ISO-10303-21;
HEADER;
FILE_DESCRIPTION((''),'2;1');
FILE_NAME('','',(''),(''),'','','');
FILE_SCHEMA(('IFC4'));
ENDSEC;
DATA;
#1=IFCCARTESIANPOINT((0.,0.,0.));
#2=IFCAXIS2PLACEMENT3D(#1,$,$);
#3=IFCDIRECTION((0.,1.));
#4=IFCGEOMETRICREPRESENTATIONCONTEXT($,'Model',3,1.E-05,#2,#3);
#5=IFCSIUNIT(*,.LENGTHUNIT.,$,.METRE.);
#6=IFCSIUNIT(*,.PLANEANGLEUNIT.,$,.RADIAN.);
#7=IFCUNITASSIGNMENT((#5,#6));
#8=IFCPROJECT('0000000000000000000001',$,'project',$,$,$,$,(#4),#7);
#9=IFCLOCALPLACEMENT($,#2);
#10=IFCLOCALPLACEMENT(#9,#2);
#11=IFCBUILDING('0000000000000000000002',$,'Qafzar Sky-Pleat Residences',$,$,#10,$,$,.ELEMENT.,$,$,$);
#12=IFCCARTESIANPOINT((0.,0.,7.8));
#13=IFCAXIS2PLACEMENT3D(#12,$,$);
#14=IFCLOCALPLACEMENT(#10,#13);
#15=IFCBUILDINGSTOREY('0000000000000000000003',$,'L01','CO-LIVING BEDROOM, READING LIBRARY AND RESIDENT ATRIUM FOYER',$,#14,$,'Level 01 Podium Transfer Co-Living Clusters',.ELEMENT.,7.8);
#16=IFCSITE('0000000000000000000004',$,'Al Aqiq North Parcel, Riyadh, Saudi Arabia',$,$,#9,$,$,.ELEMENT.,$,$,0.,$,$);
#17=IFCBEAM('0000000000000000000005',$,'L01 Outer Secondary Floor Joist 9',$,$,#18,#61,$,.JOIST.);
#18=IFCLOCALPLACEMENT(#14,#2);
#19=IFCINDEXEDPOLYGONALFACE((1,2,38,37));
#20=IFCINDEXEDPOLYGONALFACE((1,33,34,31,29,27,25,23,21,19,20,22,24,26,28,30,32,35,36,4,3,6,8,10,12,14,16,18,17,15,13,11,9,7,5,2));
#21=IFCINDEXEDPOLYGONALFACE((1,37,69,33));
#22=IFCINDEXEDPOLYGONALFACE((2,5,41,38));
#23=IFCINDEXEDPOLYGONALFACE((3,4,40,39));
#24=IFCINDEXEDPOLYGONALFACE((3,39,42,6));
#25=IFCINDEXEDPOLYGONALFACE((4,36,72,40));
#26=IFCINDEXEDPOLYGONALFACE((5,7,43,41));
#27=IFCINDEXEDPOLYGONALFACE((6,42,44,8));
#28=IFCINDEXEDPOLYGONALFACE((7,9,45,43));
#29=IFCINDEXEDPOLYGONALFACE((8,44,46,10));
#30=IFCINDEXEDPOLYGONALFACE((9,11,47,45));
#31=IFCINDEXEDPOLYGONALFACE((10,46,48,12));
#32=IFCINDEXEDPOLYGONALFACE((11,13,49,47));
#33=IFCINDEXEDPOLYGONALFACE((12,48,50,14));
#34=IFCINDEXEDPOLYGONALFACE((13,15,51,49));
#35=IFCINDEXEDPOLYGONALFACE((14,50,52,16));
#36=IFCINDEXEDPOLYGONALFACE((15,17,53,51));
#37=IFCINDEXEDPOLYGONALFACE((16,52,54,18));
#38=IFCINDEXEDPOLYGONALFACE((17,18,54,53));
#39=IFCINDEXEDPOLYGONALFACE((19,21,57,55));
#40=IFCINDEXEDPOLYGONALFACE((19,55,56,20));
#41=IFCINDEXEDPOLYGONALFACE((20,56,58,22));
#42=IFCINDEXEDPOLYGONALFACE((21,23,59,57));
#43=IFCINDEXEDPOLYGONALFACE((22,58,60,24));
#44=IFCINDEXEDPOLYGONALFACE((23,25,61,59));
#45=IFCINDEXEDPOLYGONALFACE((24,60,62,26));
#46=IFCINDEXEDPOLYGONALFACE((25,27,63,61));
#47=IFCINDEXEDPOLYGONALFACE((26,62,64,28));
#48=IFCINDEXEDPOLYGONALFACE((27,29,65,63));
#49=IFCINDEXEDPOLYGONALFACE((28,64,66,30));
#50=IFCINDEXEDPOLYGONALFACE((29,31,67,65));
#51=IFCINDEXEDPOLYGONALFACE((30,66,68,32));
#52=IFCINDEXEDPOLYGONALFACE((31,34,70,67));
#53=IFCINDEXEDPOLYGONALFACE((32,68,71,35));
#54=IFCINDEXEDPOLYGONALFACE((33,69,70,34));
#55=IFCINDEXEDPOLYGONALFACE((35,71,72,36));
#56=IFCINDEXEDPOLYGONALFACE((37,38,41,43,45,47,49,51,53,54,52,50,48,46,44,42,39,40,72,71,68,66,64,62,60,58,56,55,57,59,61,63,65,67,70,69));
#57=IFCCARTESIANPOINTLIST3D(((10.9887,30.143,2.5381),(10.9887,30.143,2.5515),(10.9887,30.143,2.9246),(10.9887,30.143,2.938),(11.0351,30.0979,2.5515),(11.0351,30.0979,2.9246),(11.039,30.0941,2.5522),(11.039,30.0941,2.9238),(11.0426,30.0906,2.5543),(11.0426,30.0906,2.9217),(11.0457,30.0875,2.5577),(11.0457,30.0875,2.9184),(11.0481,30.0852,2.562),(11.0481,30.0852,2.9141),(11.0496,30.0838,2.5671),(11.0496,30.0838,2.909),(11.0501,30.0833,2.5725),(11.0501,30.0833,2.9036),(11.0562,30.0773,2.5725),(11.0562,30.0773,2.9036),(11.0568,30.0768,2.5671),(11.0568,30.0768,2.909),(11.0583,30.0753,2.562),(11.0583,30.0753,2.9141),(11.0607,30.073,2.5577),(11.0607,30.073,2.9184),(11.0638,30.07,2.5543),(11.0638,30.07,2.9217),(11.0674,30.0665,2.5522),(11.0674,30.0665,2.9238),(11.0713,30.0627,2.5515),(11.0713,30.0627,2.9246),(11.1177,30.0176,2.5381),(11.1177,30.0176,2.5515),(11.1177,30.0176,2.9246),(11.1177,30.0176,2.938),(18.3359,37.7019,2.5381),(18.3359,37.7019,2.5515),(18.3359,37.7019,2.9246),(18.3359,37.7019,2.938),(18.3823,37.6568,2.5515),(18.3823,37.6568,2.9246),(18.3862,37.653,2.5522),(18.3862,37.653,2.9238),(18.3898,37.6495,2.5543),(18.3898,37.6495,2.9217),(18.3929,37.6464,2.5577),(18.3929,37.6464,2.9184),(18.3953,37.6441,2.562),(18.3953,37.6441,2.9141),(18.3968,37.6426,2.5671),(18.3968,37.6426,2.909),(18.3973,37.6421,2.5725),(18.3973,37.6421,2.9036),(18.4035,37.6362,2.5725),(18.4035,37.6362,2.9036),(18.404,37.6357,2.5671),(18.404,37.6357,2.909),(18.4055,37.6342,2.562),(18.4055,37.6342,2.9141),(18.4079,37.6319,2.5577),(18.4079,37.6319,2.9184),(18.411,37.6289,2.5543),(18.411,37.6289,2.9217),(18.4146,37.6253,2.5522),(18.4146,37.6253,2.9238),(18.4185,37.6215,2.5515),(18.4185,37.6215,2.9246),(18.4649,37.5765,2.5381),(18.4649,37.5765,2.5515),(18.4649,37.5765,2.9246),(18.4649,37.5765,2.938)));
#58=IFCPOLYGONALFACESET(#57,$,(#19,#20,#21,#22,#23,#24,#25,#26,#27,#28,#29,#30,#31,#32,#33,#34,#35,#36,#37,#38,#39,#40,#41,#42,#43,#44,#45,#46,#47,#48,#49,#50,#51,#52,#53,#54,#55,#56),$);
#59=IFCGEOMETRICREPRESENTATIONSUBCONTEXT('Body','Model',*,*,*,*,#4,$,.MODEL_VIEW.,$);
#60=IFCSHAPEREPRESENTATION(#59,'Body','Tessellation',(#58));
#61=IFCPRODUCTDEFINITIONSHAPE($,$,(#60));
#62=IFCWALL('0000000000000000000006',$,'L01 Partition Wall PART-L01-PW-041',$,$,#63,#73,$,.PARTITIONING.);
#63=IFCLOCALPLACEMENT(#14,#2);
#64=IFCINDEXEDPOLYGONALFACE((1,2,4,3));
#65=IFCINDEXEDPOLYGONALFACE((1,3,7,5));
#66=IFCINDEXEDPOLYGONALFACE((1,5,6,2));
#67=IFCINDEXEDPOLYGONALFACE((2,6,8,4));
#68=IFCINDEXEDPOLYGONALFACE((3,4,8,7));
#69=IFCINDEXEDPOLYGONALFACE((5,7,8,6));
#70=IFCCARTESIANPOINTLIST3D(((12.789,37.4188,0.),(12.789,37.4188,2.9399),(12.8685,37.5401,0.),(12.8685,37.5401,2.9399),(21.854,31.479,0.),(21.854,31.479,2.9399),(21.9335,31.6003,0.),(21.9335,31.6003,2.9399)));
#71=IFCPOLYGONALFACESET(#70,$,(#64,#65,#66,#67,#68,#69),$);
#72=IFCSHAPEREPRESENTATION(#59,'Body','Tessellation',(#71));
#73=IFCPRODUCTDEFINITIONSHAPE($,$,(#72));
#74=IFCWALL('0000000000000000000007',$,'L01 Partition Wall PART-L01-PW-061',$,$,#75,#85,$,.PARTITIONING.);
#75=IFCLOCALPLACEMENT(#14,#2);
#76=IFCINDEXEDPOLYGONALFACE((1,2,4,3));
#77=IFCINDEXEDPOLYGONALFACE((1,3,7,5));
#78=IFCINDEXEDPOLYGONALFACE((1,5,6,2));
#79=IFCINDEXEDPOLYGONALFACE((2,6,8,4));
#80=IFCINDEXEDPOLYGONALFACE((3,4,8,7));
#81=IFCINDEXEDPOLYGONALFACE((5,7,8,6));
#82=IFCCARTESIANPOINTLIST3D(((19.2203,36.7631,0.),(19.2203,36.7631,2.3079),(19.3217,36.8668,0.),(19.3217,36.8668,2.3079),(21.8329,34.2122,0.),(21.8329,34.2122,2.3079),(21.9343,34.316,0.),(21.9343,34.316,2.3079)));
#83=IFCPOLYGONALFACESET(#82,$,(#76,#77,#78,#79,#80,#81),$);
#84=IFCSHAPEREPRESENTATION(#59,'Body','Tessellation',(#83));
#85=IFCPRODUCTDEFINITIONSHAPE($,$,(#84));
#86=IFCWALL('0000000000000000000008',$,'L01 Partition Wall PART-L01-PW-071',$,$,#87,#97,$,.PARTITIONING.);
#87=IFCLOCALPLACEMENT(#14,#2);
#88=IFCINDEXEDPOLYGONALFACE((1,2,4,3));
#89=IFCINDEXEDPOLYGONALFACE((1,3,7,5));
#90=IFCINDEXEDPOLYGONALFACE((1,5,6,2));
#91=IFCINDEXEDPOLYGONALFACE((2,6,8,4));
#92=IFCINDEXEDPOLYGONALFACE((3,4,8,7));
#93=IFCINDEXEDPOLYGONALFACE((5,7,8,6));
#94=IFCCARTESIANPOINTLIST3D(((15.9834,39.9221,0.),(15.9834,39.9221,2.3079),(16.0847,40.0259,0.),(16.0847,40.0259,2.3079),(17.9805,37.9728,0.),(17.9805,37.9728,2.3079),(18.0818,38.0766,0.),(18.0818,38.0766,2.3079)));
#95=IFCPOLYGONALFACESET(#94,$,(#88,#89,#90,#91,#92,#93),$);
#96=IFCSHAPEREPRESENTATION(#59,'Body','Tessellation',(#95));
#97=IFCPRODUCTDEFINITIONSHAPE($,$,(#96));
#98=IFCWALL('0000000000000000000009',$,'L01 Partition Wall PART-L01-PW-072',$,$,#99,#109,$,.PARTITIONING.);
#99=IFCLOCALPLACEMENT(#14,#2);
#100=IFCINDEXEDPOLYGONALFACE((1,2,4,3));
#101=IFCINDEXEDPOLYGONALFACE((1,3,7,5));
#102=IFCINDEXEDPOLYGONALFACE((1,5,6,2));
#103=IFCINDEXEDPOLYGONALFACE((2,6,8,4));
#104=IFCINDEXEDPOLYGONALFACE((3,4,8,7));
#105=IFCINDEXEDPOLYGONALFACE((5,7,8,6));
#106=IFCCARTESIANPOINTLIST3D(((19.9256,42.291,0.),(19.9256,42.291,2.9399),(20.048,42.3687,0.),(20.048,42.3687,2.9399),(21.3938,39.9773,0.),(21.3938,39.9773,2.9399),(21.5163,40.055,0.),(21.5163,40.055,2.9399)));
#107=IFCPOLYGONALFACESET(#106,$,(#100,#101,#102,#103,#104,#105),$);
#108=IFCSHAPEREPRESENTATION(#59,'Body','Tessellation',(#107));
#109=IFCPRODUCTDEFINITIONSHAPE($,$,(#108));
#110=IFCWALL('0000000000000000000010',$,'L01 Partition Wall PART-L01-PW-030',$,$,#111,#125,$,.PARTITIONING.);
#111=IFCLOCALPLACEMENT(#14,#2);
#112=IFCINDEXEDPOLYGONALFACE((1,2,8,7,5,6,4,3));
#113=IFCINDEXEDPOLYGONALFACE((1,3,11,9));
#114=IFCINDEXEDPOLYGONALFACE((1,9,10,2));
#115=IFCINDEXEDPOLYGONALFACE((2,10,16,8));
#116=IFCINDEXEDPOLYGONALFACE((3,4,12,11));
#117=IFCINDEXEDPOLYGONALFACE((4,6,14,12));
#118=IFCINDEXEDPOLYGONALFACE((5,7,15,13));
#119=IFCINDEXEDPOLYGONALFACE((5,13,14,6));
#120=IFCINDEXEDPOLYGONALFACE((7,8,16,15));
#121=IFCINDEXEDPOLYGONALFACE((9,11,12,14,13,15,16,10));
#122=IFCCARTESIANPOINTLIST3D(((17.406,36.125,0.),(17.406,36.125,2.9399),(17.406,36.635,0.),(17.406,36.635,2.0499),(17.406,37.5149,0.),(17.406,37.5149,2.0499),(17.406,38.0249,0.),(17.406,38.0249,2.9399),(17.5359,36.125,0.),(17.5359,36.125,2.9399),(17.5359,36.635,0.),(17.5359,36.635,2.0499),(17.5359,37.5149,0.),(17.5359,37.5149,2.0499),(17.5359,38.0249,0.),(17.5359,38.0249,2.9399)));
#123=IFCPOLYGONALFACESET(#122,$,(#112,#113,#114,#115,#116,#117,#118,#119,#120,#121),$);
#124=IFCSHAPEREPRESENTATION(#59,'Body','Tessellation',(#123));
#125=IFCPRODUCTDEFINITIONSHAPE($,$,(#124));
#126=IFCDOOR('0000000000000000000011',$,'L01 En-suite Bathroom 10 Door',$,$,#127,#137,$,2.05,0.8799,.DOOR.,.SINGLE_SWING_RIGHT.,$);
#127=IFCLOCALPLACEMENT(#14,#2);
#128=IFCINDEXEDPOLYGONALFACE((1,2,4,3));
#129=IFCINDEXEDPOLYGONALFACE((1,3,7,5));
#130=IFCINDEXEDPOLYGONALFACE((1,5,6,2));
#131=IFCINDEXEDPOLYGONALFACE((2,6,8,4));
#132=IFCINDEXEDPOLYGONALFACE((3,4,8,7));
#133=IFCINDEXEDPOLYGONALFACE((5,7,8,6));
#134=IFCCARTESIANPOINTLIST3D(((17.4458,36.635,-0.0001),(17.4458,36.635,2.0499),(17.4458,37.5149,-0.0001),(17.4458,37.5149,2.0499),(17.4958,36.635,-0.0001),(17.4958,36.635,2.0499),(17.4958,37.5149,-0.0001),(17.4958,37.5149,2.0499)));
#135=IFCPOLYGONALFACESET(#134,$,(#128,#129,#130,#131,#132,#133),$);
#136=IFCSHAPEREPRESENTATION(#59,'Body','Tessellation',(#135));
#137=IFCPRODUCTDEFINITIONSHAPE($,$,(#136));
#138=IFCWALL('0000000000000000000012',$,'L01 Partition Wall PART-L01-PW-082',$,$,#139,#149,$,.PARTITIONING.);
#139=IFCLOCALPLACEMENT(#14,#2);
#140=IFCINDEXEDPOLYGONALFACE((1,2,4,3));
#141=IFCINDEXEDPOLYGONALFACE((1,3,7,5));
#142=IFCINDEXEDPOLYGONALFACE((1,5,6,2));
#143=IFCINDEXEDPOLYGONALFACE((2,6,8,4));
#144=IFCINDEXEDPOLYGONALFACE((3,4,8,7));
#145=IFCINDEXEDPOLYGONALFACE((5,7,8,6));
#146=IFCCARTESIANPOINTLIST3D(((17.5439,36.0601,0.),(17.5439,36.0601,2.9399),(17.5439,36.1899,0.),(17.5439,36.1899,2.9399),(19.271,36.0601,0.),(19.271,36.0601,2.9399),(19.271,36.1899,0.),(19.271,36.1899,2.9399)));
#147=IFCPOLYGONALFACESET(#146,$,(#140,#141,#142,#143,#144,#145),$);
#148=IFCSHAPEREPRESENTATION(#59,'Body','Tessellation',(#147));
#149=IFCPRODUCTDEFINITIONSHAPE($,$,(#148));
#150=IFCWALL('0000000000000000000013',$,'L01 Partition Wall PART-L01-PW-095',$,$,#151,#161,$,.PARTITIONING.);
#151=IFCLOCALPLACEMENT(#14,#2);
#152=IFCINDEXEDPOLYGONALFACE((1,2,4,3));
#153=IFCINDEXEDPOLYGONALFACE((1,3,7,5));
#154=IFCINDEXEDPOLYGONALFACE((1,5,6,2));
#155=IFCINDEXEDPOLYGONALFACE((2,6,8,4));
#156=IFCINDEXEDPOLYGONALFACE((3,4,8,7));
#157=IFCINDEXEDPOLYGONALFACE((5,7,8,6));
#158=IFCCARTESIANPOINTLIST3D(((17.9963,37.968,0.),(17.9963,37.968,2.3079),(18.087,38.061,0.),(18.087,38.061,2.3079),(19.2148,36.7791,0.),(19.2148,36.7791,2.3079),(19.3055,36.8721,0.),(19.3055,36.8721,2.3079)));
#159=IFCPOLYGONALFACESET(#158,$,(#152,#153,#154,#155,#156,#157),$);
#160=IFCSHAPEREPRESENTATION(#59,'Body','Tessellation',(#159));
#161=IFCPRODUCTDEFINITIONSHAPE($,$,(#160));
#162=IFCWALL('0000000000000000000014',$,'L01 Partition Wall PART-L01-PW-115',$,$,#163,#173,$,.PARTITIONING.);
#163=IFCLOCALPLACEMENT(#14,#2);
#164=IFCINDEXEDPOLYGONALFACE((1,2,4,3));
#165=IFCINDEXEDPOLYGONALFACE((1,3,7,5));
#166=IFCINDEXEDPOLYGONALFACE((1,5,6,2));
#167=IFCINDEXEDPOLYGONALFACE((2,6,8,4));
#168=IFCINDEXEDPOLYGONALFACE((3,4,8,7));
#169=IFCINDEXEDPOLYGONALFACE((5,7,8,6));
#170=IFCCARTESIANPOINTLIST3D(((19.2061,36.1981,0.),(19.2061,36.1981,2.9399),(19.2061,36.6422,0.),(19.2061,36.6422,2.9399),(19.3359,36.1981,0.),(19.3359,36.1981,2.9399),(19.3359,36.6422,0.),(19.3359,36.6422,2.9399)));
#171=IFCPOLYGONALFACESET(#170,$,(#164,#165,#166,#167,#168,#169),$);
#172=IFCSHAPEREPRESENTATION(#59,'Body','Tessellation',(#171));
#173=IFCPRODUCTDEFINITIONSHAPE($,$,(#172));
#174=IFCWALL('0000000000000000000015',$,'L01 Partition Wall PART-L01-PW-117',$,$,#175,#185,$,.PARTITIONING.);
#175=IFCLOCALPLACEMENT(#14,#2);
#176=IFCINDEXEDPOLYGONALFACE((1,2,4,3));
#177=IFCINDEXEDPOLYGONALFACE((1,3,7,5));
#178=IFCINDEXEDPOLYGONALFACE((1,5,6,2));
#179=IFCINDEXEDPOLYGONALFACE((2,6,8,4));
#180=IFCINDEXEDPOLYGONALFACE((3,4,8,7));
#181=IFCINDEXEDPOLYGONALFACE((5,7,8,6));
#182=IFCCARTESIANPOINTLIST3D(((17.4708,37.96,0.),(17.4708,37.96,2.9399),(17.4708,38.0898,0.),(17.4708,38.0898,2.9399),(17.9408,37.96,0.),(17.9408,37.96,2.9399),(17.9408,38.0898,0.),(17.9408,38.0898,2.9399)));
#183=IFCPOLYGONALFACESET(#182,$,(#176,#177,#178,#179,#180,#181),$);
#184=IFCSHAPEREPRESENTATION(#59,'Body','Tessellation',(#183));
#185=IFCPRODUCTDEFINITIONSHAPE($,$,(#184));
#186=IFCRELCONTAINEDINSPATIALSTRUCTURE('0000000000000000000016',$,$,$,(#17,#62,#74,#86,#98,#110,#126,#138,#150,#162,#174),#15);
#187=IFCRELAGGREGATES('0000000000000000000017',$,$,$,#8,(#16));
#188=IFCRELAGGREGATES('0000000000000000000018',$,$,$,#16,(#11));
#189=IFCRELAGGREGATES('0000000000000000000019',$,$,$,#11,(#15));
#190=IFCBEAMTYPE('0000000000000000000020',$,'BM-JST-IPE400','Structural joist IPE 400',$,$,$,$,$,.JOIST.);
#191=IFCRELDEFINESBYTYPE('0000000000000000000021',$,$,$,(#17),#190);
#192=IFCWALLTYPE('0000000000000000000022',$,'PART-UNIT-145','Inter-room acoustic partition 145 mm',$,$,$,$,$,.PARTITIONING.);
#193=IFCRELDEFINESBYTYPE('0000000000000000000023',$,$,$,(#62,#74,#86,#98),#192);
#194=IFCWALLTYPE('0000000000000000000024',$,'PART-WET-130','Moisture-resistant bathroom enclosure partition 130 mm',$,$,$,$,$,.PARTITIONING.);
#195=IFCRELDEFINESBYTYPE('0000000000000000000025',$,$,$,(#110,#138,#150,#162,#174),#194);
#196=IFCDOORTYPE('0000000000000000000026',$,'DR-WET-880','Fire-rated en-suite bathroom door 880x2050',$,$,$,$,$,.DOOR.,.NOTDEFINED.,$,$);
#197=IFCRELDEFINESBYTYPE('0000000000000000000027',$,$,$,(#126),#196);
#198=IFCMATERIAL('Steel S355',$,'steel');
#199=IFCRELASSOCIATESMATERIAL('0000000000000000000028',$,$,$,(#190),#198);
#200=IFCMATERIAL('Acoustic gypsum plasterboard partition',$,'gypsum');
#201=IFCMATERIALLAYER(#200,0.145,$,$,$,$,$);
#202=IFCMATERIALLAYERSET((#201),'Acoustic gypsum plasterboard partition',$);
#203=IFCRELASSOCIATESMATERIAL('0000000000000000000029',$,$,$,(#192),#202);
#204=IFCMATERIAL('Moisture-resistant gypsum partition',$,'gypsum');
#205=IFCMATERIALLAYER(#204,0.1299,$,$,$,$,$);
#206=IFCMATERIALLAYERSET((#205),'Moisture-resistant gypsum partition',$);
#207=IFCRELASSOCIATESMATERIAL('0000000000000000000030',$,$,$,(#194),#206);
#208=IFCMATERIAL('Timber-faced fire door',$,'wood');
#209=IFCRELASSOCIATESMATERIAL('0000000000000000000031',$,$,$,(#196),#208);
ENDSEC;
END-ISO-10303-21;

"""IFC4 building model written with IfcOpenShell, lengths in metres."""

from ifc_helpers import new_model, si_unit, direction, frame, frame_2d, origin, origin_2d, place, context, subcontext, project, spatial, rectangle, i_section, extrude, source, transform, mapped, material, layer, layer_set, material_profile, profile_set, type_object, element, fill, save


model = new_model("IFC4")

# Units and contexts
model_context = context("Model", 3, precision=1e-05, world=origin(), true_north=direction((0.0, 1.0)))
body_context = subcontext(model_context, "Body", "Model", "MODEL_VIEW")
ifc_project = project(units=[si_unit("LENGTHUNIT", "METRE"), si_unit("PLANEANGLEUNIT", "RADIAN")], contexts=[model_context])

# Site, building, storey
site_placement = place(None, origin())
site = spatial("IfcSite", under=ifc_project, at=site_placement, Name="Al Aqiq North Parcel, Riyadh, Saudi Arabia", CompositionType="ELEMENT", RefElevation=0.0)
building_placement = place(site_placement, origin())
building = spatial("IfcBuilding", under=site, at=building_placement, Name="Qafzar Sky-Pleat Residences", CompositionType="ELEMENT")
storey_placement = place(building_placement, frame((0.0, 0.0, 7.8)))
storey = spatial("IfcBuildingStorey", under=building, at=storey_placement, Name="L01", Description="CO-LIVING BEDROOM, READING LIBRARY AND RESIDENT ATRIUM FOYER", LongName="Level 01 Podium Transfer Co-Living Clusters", CompositionType="ELEMENT", Elevation=7.8)

# Beam
ifc_material_1 = material(Name="Steel S355", Category="steel")
ifc_material_profile_1 = material_profile(ifc_material_1, i_section(OverallWidth=0.1799, OverallDepth=0.3999, WebThickness=0.0085, FlangeThickness=0.0134, FilletRadius=0.021, at=origin_2d()), Name="IPE 400")
ifc_profile_set_1 = profile_set([ifc_material_profile_1], Name="Steel S355")
beam_type_1 = type_object("IfcBeamType", Name="BM-JST-IPE400", Description="Structural joist IPE 400", PredefinedType="JOIST", material=ifc_profile_set_1)
shared_shape_1 = source(origin(), body_context, "Body", "SweptSolid", [
    extrude(i_section(OverallWidth=0.1799, OverallDepth=0.3999, WebThickness=0.0085, FlangeThickness=0.0134, FilletRadius=0.021, at=origin_2d()), origin(), (0.0, 0.0, 1.0), 10.5413),
])
beam_1_placement = place(storey_placement, frame((18.4004, 37.6392, 2.738), z_axis=(-0.696995, -0.717076, 0.0), x_axis=(0.717076, -0.696995, 0.0)))
element("IfcBeam", 1, at=beam_1_placement, inside=storey, type_object=beam_type_1, Name="L01 Outer Secondary Floor Joist 9", PredefinedType="JOIST", context=body_context, shape_type="MappedRepresentation", body=[
    mapped(shared_shape_1, transform((0.0, 0.0, 0.0), x_axis=(1.0, 0.0, 0.0), y_axis=(0.0, 1.0, 0.0), z_axis=(0.0, 0.0, 1.0), scale=1.0)),
])

# Walls
ifc_material_2 = material(Name="Acoustic gypsum plasterboard partition", Category="gypsum")
ifc_layer_1 = layer(ifc_material_2, 0.145)
ifc_layer_set_1 = layer_set([ifc_layer_1], Name="Acoustic gypsum plasterboard partition")
wall_type_1 = type_object("IfcWallType", Name="PART-UNIT-145", Description="Inter-room acoustic partition 145 mm", PredefinedType="PARTITIONING", material=ifc_layer_set_1)
wall_1_placement = place(storey_placement, frame((12.8286, 37.4795, 0.0), z_axis=(0.0, 0.0, 1.0), x_axis=(0.836436, -0.548065, 0.0)))
element("IfcWall", 2, at=wall_1_placement, inside=storey, type_object=wall_type_1, Name="L01 Partition Wall PART-L01-PW-041", PredefinedType="PARTITIONING", context=body_context, shape_type="SweptSolid", body=[
    extrude(rectangle(XDim=10.8376, YDim=0.145, at=frame_2d((5.4189, 0.0))), origin(), (0.0, 0.0, 1.0), 2.9399),
])
wall_2_placement = place(storey_placement, frame((19.271, 36.8149, 0.0), z_axis=(0.0, 0.0, 1.0), x_axis=(0.715515, -0.698598, 0.0)))
element("IfcWall", 3, at=wall_2_placement, inside=storey, type_object=wall_type_1, Name="L01 Partition Wall PART-L01-PW-061", PredefinedType="PARTITIONING", context=body_context, shape_type="SweptSolid", body=[
    extrude(rectangle(XDim=3.6514, YDim=0.145, at=frame_2d((1.8257, 0.0))), origin(), (0.0, 0.0, 1.0), 2.3079),
])
wall_3_placement = place(storey_placement, frame((16.0339, 39.9741, 0.0), z_axis=(0.0, 0.0, 1.0), x_axis=(0.715628, -0.698481, 0.0)))
element("IfcWall", 4, at=wall_3_placement, inside=storey, type_object=wall_type_1, Name="L01 Partition Wall PART-L01-PW-071", PredefinedType="PARTITIONING", context=body_context, shape_type="SweptSolid", body=[
    extrude(rectangle(XDim=2.7908, YDim=0.145, at=frame_2d((1.3955, 0.0))), origin(), (0.0, 0.0, 1.0), 2.3079),
])
wall_4_placement = place(storey_placement, frame((19.9868, 42.3298, 0.0), z_axis=(0.0, 0.0, 1.0), x_axis=(0.535809, -0.844339, 0.0)))
element("IfcWall", 5, at=wall_4_placement, inside=storey, type_object=wall_type_1, Name="L01 Partition Wall PART-L01-PW-072", PredefinedType="PARTITIONING", context=body_context, shape_type="SweptSolid", body=[
    extrude(rectangle(XDim=2.7402, YDim=0.145, at=frame_2d((1.3701, 0.0))), origin(), (0.0, 0.0, 1.0), 2.9399),
])

# Wall, opening, door
ifc_material_3 = material(Name="Moisture-resistant gypsum partition", Category="gypsum")
ifc_layer_2 = layer(ifc_material_3, 0.1299)
ifc_layer_set_2 = layer_set([ifc_layer_2], Name="Moisture-resistant gypsum partition")
wall_type_2 = type_object("IfcWallType", Name="PART-WET-130", Description="Moisture-resistant bathroom enclosure partition 130 mm", PredefinedType="PARTITIONING", material=ifc_layer_set_2)
wall_5_placement = place(storey_placement, frame((17.4709, 38.0249, 0.0), z_axis=(0.0, 0.0, 1.0), x_axis=(0.0, -1.0, 0.0)))
wall_5 = element("IfcWall", 6, at=wall_5_placement, inside=storey, type_object=wall_type_2, Name="L01 Partition Wall PART-L01-PW-030", PredefinedType="PARTITIONING", context=body_context, shape_type="SweptSolid", body=[
    extrude(rectangle(XDim=1.8999, YDim=0.1299, at=frame_2d((0.95, 0.0))), origin(), (0.0, 0.0, 1.0), 2.9399),
])
opening_1_placement = place(wall_5_placement, frame((0.51, 0.0, 0.0)))
opening_1 = element("IfcOpeningElement", 7, at=opening_1_placement, cuts=wall_5, PredefinedType="OPENING", context=body_context, shape_type="SweptSolid", body=[
    extrude(rectangle(XDim=0.8799, YDim=2.05, at=frame_2d((0.4399, 1.0249))), frame((0.0, 0.075, 0.0), z_axis=(0.0, -1.0, 0.0), x_axis=(1.0, 0.0, 0.0)), (0.0, 0.0, 1.0), 0.1499),
])
ifc_material_4 = material(Name="Timber-faced fire door", Category="wood")
door_type = type_object("IfcDoorType", Name="DR-WET-880", Description="Fire-rated en-suite bathroom door 880x2050", OperationType="NOTDEFINED", PredefinedType="DOOR", material=ifc_material_4)
shared_shape_2 = source(origin(), body_context, "Body", "SweptSolid", [
    extrude(rectangle(XDim=0.8799, YDim=2.05, at=frame_2d((0.4399, 1.0249))), frame((0.0, 0.0249, 0.0), z_axis=(0.0, -1.0, 0.0), x_axis=(1.0, 0.0, 0.0)), (0.0, 0.0, 1.0), 0.05),
])
door_placement = place(opening_1_placement, origin())
door = element("IfcDoor", 8, at=door_placement, inside=storey, type_object=door_type, Name="L01 En-suite Bathroom 10 Door", OperationType="SINGLE_SWING_RIGHT", OverallHeight=2.05, OverallWidth=0.8799, PredefinedType="DOOR", context=body_context, shape_type="MappedRepresentation", body=[
    mapped(shared_shape_2, transform((0.0, 0.0, 0.0), x_axis=(1.0, 0.0, 0.0), y_axis=(0.0, 1.0, 0.0), z_axis=(0.0, 0.0, 1.0), scale=1.0)),
])
fill(opening_1, door)

# Walls
wall_6_placement = place(storey_placement, frame((17.5439, 36.125, 0.0), z_axis=(0.0, 0.0, 1.0), x_axis=(1.0, 0.0, 0.0)))
element("IfcWall", 9, at=wall_6_placement, inside=storey, type_object=wall_type_2, Name="L01 Partition Wall PART-L01-PW-082", PredefinedType="PARTITIONING", context=body_context, shape_type="SweptSolid", body=[
    extrude(rectangle(XDim=1.7271, YDim=0.1299, at=frame_2d((0.8635, 0.0))), origin(), (0.0, 0.0, 1.0), 2.9399),
])
wall_7_placement = place(storey_placement, frame((18.0417, 38.0144, 0.0), z_axis=(0.0, 0.0, 1.0), x_axis=(0.715729, -0.698378, 0.0)))
element("IfcWall", 10, at=wall_7_placement, inside=storey, type_object=wall_type_2, Name="L01 Partition Wall PART-L01-PW-095", PredefinedType="PARTITIONING", context=body_context, shape_type="SweptSolid", body=[
    extrude(rectangle(XDim=1.7024, YDim=0.1299, at=frame_2d((0.8511, 0.0))), origin(), (0.0, 0.0, 1.0), 2.3079),
])
wall_8_placement = place(storey_placement, frame((19.271, 36.198, 0.0), z_axis=(0.0, 0.0, 1.0), x_axis=(0.0, 1.0, 0.0)))
element("IfcWall", 11, at=wall_8_placement, inside=storey, type_object=wall_type_2, Name="L01 Partition Wall PART-L01-PW-115", PredefinedType="PARTITIONING", context=body_context, shape_type="SweptSolid", body=[
    extrude(rectangle(XDim=0.4441, YDim=0.1299, at=frame_2d((0.2222, 0.0))), origin(), (0.0, 0.0, 1.0), 2.9399),
])
wall_9_placement = place(storey_placement, frame((17.4709, 38.0249, 0.0), z_axis=(0.0, 0.0, 1.0), x_axis=(1.0, 0.0, 0.0)))
element("IfcWall", 12, at=wall_9_placement, inside=storey, type_object=wall_type_2, Name="L01 Partition Wall PART-L01-PW-117", PredefinedType="PARTITIONING", context=body_context, shape_type="SweptSolid", body=[
    extrude(rectangle(XDim=0.47, YDim=0.1299, at=frame_2d((0.2349, 0.0))), origin(), (0.0, 0.0, 1.0), 2.9399),
])

save(model, "model.ifc")
